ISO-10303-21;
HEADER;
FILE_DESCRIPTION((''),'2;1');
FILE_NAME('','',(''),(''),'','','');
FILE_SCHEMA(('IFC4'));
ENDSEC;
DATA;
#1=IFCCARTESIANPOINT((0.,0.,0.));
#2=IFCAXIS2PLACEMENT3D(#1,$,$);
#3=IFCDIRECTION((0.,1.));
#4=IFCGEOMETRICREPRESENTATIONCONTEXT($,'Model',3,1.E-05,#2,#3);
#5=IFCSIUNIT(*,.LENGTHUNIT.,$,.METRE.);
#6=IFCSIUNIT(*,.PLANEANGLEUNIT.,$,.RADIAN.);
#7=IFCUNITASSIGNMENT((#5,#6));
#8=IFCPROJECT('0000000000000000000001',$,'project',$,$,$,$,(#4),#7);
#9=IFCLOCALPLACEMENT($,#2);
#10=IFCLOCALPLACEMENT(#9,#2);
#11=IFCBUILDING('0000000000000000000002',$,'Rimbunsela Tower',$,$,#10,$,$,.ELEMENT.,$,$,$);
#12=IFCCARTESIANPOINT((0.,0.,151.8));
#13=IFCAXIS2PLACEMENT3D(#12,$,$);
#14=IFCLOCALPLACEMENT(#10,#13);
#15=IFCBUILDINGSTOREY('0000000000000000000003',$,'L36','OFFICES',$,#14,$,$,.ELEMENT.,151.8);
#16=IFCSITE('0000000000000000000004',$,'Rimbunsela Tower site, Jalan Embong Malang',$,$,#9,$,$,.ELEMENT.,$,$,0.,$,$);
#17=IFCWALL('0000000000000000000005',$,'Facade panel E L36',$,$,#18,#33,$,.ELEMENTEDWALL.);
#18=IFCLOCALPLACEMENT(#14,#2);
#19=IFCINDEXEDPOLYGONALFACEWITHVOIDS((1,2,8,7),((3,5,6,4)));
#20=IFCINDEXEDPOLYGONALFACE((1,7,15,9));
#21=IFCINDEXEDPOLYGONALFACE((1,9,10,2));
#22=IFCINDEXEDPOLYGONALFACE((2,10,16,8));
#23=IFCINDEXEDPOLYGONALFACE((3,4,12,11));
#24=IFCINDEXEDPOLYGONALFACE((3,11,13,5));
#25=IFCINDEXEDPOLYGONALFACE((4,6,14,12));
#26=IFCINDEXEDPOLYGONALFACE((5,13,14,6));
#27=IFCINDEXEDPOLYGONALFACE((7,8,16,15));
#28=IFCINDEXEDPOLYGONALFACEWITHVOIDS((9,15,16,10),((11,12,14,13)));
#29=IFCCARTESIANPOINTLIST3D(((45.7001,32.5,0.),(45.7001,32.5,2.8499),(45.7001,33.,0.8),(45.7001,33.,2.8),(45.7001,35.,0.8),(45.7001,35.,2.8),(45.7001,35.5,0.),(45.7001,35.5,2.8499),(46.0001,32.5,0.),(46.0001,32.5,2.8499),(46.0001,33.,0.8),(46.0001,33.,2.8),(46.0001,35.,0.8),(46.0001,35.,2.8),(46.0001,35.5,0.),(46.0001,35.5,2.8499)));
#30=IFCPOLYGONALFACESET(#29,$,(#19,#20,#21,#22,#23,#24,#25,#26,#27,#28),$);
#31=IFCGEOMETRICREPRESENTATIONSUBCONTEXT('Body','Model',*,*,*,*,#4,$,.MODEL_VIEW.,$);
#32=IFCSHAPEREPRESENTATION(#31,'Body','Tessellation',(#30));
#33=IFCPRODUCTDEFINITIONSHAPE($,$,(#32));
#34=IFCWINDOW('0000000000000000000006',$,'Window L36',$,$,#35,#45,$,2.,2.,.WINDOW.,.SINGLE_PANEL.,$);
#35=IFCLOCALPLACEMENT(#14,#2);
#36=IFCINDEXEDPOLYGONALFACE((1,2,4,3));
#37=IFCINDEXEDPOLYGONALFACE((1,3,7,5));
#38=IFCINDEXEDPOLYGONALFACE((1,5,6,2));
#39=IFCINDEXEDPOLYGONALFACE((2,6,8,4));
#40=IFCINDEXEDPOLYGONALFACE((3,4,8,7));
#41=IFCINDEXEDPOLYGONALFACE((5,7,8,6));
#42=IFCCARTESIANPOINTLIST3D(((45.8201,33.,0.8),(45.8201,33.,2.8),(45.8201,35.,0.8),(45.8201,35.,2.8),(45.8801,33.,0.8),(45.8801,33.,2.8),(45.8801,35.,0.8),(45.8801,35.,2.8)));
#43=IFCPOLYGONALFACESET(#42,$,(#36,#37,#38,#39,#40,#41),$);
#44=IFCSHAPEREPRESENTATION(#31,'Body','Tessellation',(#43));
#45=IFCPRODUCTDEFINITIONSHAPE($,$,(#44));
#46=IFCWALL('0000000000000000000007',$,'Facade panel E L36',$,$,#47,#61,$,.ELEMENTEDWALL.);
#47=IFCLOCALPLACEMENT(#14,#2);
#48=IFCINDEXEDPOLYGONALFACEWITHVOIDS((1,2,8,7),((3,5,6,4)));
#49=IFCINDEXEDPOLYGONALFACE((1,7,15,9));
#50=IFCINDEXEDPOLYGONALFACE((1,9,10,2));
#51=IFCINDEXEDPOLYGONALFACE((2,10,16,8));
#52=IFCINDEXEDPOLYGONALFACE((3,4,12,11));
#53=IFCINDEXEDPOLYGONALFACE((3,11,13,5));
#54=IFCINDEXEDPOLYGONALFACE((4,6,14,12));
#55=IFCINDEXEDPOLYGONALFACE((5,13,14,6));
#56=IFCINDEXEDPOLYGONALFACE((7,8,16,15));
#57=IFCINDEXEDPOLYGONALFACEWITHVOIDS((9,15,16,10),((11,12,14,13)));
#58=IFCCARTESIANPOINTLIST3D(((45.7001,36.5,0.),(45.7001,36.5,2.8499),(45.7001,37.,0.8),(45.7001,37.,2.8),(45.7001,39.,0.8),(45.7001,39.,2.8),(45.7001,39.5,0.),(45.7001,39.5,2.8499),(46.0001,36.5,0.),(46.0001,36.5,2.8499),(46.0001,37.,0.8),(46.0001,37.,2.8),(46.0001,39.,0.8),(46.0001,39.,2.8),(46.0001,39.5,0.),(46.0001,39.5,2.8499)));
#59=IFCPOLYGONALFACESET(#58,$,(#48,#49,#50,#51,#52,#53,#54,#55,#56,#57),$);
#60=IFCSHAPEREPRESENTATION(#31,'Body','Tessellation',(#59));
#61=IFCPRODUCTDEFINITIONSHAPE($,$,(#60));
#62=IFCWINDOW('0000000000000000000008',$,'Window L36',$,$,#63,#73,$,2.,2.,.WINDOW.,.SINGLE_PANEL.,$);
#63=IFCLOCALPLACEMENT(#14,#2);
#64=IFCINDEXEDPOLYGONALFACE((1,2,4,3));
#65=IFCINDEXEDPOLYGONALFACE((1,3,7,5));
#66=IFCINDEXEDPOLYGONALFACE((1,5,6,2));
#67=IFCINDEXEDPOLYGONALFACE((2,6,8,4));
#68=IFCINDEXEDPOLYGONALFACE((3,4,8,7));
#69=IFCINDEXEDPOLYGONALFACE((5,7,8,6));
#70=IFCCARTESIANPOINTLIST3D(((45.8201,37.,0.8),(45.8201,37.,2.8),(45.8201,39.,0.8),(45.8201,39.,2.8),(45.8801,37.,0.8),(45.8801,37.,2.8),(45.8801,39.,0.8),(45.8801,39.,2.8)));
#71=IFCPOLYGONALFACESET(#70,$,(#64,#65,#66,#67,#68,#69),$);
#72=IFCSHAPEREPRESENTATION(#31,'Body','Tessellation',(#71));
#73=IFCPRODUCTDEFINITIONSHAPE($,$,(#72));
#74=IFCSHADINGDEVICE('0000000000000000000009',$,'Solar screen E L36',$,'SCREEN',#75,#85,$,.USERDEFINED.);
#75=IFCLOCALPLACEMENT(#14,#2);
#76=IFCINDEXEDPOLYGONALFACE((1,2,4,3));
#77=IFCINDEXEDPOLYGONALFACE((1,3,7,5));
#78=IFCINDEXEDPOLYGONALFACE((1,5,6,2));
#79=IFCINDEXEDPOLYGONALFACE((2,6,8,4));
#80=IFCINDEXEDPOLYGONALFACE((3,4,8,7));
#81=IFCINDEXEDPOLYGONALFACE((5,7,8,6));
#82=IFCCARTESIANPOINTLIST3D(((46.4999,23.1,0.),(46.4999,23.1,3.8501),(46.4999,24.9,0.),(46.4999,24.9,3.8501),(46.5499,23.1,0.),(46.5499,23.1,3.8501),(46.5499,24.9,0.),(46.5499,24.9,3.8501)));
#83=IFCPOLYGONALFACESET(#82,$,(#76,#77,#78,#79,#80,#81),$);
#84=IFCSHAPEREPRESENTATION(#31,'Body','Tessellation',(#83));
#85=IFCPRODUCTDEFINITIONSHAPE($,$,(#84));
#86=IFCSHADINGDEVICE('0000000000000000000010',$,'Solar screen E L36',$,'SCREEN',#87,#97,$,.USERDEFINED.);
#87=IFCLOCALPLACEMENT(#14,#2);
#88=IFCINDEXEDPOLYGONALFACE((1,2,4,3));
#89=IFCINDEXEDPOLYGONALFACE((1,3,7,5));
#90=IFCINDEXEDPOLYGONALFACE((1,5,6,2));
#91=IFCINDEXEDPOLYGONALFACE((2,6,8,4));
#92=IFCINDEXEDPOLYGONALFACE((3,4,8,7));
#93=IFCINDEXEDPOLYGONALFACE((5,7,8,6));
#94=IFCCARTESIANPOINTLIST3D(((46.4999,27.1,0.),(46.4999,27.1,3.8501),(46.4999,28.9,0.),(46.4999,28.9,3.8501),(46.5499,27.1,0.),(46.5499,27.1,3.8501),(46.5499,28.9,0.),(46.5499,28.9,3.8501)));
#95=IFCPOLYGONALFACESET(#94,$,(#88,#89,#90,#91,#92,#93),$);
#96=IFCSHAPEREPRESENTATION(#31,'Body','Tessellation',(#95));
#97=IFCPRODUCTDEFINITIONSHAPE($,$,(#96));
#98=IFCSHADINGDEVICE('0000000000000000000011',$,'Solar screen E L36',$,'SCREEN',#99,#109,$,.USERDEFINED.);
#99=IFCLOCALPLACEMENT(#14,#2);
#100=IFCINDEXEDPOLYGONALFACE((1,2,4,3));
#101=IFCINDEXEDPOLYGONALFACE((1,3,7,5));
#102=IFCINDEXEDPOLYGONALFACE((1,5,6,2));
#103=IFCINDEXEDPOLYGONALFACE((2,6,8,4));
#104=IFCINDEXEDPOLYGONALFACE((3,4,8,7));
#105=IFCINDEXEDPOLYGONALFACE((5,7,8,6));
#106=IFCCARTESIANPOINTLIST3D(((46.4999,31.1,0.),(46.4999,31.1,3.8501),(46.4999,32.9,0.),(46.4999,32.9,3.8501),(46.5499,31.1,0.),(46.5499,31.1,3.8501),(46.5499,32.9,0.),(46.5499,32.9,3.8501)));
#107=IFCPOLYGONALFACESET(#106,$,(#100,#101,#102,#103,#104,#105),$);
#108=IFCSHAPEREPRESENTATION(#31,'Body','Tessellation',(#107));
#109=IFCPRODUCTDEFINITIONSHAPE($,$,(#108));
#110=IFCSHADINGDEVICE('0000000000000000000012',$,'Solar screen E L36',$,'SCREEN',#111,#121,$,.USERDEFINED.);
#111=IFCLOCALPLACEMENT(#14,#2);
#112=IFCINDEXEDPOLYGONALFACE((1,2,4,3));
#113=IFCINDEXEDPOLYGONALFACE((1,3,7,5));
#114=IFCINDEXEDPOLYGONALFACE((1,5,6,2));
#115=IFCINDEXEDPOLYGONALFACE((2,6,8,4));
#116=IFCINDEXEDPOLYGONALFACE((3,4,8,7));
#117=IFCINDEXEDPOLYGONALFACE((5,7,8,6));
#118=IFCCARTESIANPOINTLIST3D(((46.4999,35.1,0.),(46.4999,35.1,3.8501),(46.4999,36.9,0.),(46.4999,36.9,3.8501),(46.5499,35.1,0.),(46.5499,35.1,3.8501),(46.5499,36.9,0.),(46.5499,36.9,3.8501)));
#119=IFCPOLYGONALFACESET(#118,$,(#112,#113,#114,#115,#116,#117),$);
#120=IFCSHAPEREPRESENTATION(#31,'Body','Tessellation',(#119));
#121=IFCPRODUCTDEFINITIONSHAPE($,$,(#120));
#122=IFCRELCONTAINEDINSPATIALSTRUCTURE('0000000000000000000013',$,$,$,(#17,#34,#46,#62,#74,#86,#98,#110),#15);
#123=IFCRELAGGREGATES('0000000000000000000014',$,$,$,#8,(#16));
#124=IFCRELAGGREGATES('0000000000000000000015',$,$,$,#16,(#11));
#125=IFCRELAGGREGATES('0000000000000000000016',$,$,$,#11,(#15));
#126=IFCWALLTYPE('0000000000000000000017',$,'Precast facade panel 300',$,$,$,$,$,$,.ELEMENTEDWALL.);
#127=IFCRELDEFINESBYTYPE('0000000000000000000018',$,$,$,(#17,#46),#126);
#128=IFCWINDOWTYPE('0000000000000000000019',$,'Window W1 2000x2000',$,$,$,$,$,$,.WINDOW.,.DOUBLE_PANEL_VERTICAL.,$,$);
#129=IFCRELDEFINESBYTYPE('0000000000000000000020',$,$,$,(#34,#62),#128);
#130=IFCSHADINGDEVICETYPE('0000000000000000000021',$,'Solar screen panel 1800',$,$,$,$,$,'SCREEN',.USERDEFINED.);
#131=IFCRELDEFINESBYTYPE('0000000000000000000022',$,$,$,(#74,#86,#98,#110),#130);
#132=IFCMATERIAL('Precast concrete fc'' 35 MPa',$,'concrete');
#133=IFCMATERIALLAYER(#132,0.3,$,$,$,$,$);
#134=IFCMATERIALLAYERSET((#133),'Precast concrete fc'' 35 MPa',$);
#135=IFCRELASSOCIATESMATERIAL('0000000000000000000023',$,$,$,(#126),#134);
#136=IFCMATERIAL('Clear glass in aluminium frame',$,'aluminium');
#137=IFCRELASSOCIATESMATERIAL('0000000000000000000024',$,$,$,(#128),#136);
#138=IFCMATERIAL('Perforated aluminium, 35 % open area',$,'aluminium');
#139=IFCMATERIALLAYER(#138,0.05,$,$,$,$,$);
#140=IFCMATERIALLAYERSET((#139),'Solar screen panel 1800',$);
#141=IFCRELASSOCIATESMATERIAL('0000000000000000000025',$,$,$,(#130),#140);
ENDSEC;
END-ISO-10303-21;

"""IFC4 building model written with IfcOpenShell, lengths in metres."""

from ifc_helpers import new_model, si_unit, direction, frame, frame_2d, origin, origin_2d, place, context, subcontext, project, spatial, rectangle, extrude, material, layer, layer_set, type_object, element, fill, save


model = new_model("IFC4")

# Units and contexts
model_context = context("Model", 3, precision=1e-05, world=origin(), true_north=direction((0.0, 1.0)))
body_context = subcontext(model_context, "Body", "Model", "MODEL_VIEW")
ifc_project = project(units=[si_unit("LENGTHUNIT", "METRE"), si_unit("PLANEANGLEUNIT", "RADIAN")], contexts=[model_context])

# Site, building, storey
site_placement = place(None, origin())
site = spatial("IfcSite", under=ifc_project, at=site_placement, Name="Rimbunsela Tower site, Jalan Embong Malang", CompositionType="ELEMENT", RefElevation=0.0)
building_placement = place(site_placement, origin())
building = spatial("IfcBuilding", under=site, at=building_placement, Name="Rimbunsela Tower", CompositionType="ELEMENT")
storey_placement = place(building_placement, frame((0.0, 0.0, 151.8)))
storey = spatial("IfcBuildingStorey", under=building, at=storey_placement, Name="L36", Description="OFFICES", CompositionType="ELEMENT", Elevation=151.8)

# Walls, openings, windows
ifc_material_1 = material(Name="Precast concrete fc' 35 MPa", Category="concrete")
ifc_layer_1 = layer(ifc_material_1, 0.3)
ifc_layer_set_1 = layer_set([ifc_layer_1], Name="Precast concrete fc' 35 MPa")
wall_type_1 = type_object("IfcWallType", Name="Precast facade panel 300", PredefinedType="ELEMENTEDWALL", material=ifc_layer_set_1)
ifc_material_2 = material(Name="Clear glass in aluminium frame", Category="aluminium")
window_type = type_object("IfcWindowType", Name="Window W1 2000x2000", PartitioningType="DOUBLE_PANEL_VERTICAL", PredefinedType="WINDOW", material=ifc_material_2)
wall_1_placement = place(storey_placement, frame((45.8501, 32.5, 0.0), z_axis=(0.0, 0.0, 1.0), x_axis=(0.0, 1.0, 0.0)))
wall_1 = element("IfcWall", 1, at=wall_1_placement, inside=storey, type_object=wall_type_1, Name="Facade panel E L36", PredefinedType="ELEMENTEDWALL", context=body_context, shape_type="SweptSolid", body=[
    extrude(rectangle(XDim=3.0, YDim=0.3, at=frame_2d((1.5, 0.0))), origin(), (0.0, 0.0, 1.0), 2.8499),
])
opening_1_placement = place(wall_1_placement, frame((0.5, 0.0, 0.8)))
opening_1 = element("IfcOpeningElement", 2, at=opening_1_placement, cuts=wall_1, PredefinedType="OPENING", context=body_context, shape_type="SweptSolid", body=[
    extrude(rectangle(XDim=2.0, YDim=2.0, at=frame_2d((1.0, 1.0))), frame((0.0, 0.1599, 0.0), z_axis=(0.0, -1.0, 0.0), x_axis=(1.0, 0.0, 0.0)), (0.0, 0.0, 1.0), 0.3201),
])
window_1_placement = place(opening_1_placement, origin())
window_1 = element("IfcWindow", 3, at=window_1_placement, inside=storey, type_object=window_type, Name="Window L36", OverallHeight=2.0, OverallWidth=2.0, PartitioningType="SINGLE_PANEL", PredefinedType="WINDOW", context=body_context, shape_type="SweptSolid", body=[
    extrude(rectangle(XDim=2.0, YDim=2.0, at=frame_2d((1.0, 1.0))), frame((0.0, 0.03, 0.0), z_axis=(0.0, -1.0, 0.0), x_axis=(1.0, 0.0, 0.0)), (0.0, 0.0, 1.0), 0.0601),
])
fill(opening_1, window_1)
wall_2_placement = place(storey_placement, frame((45.8501, 36.5, 0.0), z_axis=(0.0, 0.0, 1.0), x_axis=(0.0, 1.0, 0.0)))
wall_2 = element("IfcWall", 4, at=wall_2_placement, inside=storey, type_object=wall_type_1, Name="Facade panel E L36", PredefinedType="ELEMENTEDWALL", context=body_context, shape_type="SweptSolid", body=[
    extrude(rectangle(XDim=3.0, YDim=0.3, at=frame_2d((1.5, 0.0))), origin(), (0.0, 0.0, 1.0), 2.8499),
])
opening_2_placement = place(wall_2_placement, frame((0.5, 0.0, 0.8)))
opening_2 = element("IfcOpeningElement", 5, at=opening_2_placement, cuts=wall_2, PredefinedType="OPENING", context=body_context, shape_type="SweptSolid", body=[
    extrude(rectangle(XDim=2.0, YDim=2.0, at=frame_2d((1.0, 1.0))), frame((0.0, 0.1599, 0.0), z_axis=(0.0, -1.0, 0.0), x_axis=(1.0, 0.0, 0.0)), (0.0, 0.0, 1.0), 0.3201),
])
window_2_placement = place(opening_2_placement, origin())
window_2 = element("IfcWindow", 6, at=window_2_placement, inside=storey, type_object=window_type, Name="Window L36", OverallHeight=2.0, OverallWidth=2.0, PartitioningType="SINGLE_PANEL", PredefinedType="WINDOW", context=body_context, shape_type="SweptSolid", body=[
    extrude(rectangle(XDim=2.0, YDim=2.0, at=frame_2d((1.0, 1.0))), frame((0.0, 0.03, 0.0), z_axis=(0.0, -1.0, 0.0), x_axis=(1.0, 0.0, 0.0)), (0.0, 0.0, 1.0), 0.0601),
])
fill(opening_2, window_2)

# Shading devices
ifc_material_3 = material(Name="Perforated aluminium, 35 % open area", Category="aluminium")
ifc_layer_2 = layer(ifc_material_3, 0.05)
ifc_layer_set_2 = layer_set([ifc_layer_2], Name="Solar screen panel 1800")
shading_device_type = type_object("IfcShadingDeviceType", Name="Solar screen panel 1800", ElementType="SCREEN", PredefinedType="USERDEFINED", material=ifc_layer_set_2)
for number, where, z_axis, x_axis, name in (
    (7, (46.5249, 24.0, 0.0), (0.0, 0.0, 1.0), (0.0, 1.0, 0.0), "Solar screen E L36"),
    (8, (46.5249, 28.0, 0.0), (0.0, 0.0, 1.0), (0.0, 1.0, 0.0), "Solar screen E L36"),
    (9, (46.5249, 32.0, 0.0), (0.0, 0.0, 1.0), (0.0, 1.0, 0.0), "Solar screen E L36"),
    (10, (46.5249, 36.0, 0.0), (0.0, 0.0, 1.0), (0.0, 1.0, 0.0), "Solar screen E L36"),
):
    element("IfcShadingDevice", number, at=place(storey_placement, frame(where, z_axis=z_axis, x_axis=x_axis)), inside=storey, type_object=shading_device_type, Name=name, ObjectType="SCREEN", PredefinedType="USERDEFINED", context=body_context, shape_type="SweptSolid", body=[
        extrude(rectangle(XDim=1.8, YDim=0.05, at=origin_2d()), origin(), (0.0, 0.0, 1.0), 3.8501),
    ])

save(model, "model.ifc")
